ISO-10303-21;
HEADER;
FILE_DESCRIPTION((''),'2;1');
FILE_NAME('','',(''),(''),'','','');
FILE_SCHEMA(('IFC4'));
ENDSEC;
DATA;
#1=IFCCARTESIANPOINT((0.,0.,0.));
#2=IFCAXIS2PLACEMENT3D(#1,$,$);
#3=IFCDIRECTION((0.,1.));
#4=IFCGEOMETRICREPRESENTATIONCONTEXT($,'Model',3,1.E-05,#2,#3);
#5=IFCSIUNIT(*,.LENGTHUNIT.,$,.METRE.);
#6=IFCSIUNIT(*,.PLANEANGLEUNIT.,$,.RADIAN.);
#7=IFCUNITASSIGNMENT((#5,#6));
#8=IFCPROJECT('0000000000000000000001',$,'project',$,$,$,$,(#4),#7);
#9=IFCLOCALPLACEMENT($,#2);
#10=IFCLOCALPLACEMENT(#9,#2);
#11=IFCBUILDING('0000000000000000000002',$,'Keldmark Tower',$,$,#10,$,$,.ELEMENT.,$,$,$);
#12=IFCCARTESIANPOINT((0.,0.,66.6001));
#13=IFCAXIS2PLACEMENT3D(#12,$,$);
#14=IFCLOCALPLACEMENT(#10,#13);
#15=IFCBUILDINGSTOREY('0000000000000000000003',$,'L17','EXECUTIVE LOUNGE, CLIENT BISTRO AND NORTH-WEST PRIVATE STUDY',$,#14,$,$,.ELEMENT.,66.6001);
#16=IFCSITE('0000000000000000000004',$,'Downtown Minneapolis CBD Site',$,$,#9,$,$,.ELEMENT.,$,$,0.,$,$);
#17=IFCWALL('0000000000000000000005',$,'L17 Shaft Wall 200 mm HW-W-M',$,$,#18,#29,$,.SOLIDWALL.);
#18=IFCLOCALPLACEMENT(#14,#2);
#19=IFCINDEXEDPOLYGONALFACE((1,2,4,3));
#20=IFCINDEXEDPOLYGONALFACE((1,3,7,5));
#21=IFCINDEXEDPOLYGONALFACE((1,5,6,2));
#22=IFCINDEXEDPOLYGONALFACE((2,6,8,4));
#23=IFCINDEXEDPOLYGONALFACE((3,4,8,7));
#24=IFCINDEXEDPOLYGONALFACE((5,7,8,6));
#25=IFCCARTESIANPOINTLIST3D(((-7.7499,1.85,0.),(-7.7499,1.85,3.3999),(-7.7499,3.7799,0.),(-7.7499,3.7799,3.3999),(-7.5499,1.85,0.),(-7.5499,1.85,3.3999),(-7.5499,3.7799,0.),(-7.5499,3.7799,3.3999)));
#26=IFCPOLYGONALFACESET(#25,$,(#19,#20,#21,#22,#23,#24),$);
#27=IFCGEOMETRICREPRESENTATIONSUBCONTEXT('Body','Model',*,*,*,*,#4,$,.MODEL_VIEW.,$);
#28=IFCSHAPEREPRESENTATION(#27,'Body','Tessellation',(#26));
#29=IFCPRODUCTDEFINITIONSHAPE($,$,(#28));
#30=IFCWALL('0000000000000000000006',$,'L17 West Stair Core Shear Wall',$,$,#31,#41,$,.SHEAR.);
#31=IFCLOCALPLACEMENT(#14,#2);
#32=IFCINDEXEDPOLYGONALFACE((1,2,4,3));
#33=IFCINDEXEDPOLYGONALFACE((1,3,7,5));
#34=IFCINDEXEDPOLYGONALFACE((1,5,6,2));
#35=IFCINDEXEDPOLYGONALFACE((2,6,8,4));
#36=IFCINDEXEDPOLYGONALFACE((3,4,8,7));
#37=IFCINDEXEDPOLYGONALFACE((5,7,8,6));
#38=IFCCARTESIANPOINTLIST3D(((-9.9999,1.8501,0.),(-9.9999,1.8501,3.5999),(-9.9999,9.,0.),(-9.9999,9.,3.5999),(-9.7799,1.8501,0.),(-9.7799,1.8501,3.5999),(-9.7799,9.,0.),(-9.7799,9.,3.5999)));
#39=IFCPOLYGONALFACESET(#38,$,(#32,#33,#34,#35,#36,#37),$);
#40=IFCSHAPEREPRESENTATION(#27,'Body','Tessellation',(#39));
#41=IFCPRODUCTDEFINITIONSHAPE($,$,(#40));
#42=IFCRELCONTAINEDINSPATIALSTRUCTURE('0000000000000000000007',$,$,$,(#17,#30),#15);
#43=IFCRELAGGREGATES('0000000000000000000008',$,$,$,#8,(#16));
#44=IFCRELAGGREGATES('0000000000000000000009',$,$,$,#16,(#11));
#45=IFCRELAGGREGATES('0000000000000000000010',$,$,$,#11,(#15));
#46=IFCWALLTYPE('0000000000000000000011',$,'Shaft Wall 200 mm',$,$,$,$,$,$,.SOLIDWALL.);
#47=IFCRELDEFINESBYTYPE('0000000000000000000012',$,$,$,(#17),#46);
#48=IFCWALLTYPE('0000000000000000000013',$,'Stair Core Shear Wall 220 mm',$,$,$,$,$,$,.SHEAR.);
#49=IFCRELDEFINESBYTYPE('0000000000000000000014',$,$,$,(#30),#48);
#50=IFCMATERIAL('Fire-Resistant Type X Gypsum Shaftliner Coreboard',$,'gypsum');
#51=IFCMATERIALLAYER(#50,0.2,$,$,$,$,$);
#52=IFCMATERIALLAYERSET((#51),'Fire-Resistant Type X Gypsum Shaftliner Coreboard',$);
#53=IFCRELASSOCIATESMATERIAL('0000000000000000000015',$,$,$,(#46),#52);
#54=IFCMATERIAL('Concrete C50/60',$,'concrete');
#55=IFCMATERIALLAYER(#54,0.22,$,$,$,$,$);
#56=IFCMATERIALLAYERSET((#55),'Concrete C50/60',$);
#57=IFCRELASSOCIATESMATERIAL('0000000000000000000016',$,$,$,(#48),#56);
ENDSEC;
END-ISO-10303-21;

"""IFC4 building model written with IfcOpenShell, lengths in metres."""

from ifc_helpers import new_model, si_unit, direction, frame, frame_2d, origin, place, context, subcontext, project, spatial, rectangle, extrude, material, layer, layer_set, type_object, element, save


model = new_model("IFC4")

# Units and contexts
model_context = context("Model", 3, precision=1e-05, world=origin(), true_north=direction((0.0, 1.0)))
body_context = subcontext(model_context, "Body", "Model", "MODEL_VIEW")
ifc_project = project(units=[si_unit("LENGTHUNIT", "METRE"), si_unit("PLANEANGLEUNIT", "RADIAN")], contexts=[model_context])

# Site, building, storey
site_placement = place(None, origin())
site = spatial("IfcSite", under=ifc_project, at=site_placement, Name="Downtown Minneapolis CBD Site", CompositionType="ELEMENT", RefElevation=0.0)
building_placement = place(site_placement, origin())
building = spatial("IfcBuilding", under=site, at=building_placement, Name="Keldmark Tower", CompositionType="ELEMENT")
storey_placement = place(building_placement, frame((0.0, 0.0, 66.6001)))
storey = spatial("IfcBuildingStorey", under=building, at=storey_placement, Name="L17", Description="EXECUTIVE LOUNGE, CLIENT BISTRO AND NORTH-WEST PRIVATE STUDY", CompositionType="ELEMENT", Elevation=66.6001)

# Walls
ifc_material_1 = material(Name="Fire-Resistant Type X Gypsum Shaftliner Coreboard", Category="gypsum")
ifc_layer_1 = layer(ifc_material_1, 0.2)
ifc_layer_set_1 = layer_set([ifc_layer_1], Name="Fire-Resistant Type X Gypsum Shaftliner Coreboard")
wall_type_1 = type_object("IfcWallType", Name="Shaft Wall 200 mm", PredefinedType="SOLIDWALL", material=ifc_layer_set_1)
wall_1_placement = place(storey_placement, frame((-7.6499, 1.8501, 0.0), z_axis=(0.0, 0.0, 1.0), x_axis=(0.0, 1.0, 0.0)))
element("IfcWall", 1, at=wall_1_placement, inside=storey, type_object=wall_type_1, Name="L17 Shaft Wall 200 mm HW-W-M", PredefinedType="SOLIDWALL", context=body_context, shape_type="SweptSolid", body=[
    extrude(rectangle(XDim=1.9299, YDim=0.2, at=frame_2d((0.9648, 0.0))), origin(), (0.0, 0.0, 1.0), 3.3999),
])
ifc_material_2 = material(Name="Concrete C50/60", Category="concrete")
ifc_layer_2 = layer(ifc_material_2, 0.22)
ifc_layer_set_2 = layer_set([ifc_layer_2], Name="Concrete C50/60")
wall_type_2 = type_object("IfcWallType", Name="Stair Core Shear Wall 220 mm", PredefinedType="SHEAR", material=ifc_layer_set_2)
wall_2_placement = place(storey_placement, frame((-9.8899, 1.8501, 0.0), z_axis=(0.0, 0.0, 1.0), x_axis=(0.0, 1.0, 0.0)))
element("IfcWall", 2, at=wall_2_placement, inside=storey, type_object=wall_type_2, Name="L17 West Stair Core Shear Wall", PredefinedType="SHEAR", context=body_context, shape_type="SweptSolid", body=[
    extrude(rectangle(XDim=7.1499, YDim=0.22, at=frame_2d((3.575, 0.0))), origin(), (0.0, 0.0, 1.0), 3.5999),
])

save(model, "model.ifc")
